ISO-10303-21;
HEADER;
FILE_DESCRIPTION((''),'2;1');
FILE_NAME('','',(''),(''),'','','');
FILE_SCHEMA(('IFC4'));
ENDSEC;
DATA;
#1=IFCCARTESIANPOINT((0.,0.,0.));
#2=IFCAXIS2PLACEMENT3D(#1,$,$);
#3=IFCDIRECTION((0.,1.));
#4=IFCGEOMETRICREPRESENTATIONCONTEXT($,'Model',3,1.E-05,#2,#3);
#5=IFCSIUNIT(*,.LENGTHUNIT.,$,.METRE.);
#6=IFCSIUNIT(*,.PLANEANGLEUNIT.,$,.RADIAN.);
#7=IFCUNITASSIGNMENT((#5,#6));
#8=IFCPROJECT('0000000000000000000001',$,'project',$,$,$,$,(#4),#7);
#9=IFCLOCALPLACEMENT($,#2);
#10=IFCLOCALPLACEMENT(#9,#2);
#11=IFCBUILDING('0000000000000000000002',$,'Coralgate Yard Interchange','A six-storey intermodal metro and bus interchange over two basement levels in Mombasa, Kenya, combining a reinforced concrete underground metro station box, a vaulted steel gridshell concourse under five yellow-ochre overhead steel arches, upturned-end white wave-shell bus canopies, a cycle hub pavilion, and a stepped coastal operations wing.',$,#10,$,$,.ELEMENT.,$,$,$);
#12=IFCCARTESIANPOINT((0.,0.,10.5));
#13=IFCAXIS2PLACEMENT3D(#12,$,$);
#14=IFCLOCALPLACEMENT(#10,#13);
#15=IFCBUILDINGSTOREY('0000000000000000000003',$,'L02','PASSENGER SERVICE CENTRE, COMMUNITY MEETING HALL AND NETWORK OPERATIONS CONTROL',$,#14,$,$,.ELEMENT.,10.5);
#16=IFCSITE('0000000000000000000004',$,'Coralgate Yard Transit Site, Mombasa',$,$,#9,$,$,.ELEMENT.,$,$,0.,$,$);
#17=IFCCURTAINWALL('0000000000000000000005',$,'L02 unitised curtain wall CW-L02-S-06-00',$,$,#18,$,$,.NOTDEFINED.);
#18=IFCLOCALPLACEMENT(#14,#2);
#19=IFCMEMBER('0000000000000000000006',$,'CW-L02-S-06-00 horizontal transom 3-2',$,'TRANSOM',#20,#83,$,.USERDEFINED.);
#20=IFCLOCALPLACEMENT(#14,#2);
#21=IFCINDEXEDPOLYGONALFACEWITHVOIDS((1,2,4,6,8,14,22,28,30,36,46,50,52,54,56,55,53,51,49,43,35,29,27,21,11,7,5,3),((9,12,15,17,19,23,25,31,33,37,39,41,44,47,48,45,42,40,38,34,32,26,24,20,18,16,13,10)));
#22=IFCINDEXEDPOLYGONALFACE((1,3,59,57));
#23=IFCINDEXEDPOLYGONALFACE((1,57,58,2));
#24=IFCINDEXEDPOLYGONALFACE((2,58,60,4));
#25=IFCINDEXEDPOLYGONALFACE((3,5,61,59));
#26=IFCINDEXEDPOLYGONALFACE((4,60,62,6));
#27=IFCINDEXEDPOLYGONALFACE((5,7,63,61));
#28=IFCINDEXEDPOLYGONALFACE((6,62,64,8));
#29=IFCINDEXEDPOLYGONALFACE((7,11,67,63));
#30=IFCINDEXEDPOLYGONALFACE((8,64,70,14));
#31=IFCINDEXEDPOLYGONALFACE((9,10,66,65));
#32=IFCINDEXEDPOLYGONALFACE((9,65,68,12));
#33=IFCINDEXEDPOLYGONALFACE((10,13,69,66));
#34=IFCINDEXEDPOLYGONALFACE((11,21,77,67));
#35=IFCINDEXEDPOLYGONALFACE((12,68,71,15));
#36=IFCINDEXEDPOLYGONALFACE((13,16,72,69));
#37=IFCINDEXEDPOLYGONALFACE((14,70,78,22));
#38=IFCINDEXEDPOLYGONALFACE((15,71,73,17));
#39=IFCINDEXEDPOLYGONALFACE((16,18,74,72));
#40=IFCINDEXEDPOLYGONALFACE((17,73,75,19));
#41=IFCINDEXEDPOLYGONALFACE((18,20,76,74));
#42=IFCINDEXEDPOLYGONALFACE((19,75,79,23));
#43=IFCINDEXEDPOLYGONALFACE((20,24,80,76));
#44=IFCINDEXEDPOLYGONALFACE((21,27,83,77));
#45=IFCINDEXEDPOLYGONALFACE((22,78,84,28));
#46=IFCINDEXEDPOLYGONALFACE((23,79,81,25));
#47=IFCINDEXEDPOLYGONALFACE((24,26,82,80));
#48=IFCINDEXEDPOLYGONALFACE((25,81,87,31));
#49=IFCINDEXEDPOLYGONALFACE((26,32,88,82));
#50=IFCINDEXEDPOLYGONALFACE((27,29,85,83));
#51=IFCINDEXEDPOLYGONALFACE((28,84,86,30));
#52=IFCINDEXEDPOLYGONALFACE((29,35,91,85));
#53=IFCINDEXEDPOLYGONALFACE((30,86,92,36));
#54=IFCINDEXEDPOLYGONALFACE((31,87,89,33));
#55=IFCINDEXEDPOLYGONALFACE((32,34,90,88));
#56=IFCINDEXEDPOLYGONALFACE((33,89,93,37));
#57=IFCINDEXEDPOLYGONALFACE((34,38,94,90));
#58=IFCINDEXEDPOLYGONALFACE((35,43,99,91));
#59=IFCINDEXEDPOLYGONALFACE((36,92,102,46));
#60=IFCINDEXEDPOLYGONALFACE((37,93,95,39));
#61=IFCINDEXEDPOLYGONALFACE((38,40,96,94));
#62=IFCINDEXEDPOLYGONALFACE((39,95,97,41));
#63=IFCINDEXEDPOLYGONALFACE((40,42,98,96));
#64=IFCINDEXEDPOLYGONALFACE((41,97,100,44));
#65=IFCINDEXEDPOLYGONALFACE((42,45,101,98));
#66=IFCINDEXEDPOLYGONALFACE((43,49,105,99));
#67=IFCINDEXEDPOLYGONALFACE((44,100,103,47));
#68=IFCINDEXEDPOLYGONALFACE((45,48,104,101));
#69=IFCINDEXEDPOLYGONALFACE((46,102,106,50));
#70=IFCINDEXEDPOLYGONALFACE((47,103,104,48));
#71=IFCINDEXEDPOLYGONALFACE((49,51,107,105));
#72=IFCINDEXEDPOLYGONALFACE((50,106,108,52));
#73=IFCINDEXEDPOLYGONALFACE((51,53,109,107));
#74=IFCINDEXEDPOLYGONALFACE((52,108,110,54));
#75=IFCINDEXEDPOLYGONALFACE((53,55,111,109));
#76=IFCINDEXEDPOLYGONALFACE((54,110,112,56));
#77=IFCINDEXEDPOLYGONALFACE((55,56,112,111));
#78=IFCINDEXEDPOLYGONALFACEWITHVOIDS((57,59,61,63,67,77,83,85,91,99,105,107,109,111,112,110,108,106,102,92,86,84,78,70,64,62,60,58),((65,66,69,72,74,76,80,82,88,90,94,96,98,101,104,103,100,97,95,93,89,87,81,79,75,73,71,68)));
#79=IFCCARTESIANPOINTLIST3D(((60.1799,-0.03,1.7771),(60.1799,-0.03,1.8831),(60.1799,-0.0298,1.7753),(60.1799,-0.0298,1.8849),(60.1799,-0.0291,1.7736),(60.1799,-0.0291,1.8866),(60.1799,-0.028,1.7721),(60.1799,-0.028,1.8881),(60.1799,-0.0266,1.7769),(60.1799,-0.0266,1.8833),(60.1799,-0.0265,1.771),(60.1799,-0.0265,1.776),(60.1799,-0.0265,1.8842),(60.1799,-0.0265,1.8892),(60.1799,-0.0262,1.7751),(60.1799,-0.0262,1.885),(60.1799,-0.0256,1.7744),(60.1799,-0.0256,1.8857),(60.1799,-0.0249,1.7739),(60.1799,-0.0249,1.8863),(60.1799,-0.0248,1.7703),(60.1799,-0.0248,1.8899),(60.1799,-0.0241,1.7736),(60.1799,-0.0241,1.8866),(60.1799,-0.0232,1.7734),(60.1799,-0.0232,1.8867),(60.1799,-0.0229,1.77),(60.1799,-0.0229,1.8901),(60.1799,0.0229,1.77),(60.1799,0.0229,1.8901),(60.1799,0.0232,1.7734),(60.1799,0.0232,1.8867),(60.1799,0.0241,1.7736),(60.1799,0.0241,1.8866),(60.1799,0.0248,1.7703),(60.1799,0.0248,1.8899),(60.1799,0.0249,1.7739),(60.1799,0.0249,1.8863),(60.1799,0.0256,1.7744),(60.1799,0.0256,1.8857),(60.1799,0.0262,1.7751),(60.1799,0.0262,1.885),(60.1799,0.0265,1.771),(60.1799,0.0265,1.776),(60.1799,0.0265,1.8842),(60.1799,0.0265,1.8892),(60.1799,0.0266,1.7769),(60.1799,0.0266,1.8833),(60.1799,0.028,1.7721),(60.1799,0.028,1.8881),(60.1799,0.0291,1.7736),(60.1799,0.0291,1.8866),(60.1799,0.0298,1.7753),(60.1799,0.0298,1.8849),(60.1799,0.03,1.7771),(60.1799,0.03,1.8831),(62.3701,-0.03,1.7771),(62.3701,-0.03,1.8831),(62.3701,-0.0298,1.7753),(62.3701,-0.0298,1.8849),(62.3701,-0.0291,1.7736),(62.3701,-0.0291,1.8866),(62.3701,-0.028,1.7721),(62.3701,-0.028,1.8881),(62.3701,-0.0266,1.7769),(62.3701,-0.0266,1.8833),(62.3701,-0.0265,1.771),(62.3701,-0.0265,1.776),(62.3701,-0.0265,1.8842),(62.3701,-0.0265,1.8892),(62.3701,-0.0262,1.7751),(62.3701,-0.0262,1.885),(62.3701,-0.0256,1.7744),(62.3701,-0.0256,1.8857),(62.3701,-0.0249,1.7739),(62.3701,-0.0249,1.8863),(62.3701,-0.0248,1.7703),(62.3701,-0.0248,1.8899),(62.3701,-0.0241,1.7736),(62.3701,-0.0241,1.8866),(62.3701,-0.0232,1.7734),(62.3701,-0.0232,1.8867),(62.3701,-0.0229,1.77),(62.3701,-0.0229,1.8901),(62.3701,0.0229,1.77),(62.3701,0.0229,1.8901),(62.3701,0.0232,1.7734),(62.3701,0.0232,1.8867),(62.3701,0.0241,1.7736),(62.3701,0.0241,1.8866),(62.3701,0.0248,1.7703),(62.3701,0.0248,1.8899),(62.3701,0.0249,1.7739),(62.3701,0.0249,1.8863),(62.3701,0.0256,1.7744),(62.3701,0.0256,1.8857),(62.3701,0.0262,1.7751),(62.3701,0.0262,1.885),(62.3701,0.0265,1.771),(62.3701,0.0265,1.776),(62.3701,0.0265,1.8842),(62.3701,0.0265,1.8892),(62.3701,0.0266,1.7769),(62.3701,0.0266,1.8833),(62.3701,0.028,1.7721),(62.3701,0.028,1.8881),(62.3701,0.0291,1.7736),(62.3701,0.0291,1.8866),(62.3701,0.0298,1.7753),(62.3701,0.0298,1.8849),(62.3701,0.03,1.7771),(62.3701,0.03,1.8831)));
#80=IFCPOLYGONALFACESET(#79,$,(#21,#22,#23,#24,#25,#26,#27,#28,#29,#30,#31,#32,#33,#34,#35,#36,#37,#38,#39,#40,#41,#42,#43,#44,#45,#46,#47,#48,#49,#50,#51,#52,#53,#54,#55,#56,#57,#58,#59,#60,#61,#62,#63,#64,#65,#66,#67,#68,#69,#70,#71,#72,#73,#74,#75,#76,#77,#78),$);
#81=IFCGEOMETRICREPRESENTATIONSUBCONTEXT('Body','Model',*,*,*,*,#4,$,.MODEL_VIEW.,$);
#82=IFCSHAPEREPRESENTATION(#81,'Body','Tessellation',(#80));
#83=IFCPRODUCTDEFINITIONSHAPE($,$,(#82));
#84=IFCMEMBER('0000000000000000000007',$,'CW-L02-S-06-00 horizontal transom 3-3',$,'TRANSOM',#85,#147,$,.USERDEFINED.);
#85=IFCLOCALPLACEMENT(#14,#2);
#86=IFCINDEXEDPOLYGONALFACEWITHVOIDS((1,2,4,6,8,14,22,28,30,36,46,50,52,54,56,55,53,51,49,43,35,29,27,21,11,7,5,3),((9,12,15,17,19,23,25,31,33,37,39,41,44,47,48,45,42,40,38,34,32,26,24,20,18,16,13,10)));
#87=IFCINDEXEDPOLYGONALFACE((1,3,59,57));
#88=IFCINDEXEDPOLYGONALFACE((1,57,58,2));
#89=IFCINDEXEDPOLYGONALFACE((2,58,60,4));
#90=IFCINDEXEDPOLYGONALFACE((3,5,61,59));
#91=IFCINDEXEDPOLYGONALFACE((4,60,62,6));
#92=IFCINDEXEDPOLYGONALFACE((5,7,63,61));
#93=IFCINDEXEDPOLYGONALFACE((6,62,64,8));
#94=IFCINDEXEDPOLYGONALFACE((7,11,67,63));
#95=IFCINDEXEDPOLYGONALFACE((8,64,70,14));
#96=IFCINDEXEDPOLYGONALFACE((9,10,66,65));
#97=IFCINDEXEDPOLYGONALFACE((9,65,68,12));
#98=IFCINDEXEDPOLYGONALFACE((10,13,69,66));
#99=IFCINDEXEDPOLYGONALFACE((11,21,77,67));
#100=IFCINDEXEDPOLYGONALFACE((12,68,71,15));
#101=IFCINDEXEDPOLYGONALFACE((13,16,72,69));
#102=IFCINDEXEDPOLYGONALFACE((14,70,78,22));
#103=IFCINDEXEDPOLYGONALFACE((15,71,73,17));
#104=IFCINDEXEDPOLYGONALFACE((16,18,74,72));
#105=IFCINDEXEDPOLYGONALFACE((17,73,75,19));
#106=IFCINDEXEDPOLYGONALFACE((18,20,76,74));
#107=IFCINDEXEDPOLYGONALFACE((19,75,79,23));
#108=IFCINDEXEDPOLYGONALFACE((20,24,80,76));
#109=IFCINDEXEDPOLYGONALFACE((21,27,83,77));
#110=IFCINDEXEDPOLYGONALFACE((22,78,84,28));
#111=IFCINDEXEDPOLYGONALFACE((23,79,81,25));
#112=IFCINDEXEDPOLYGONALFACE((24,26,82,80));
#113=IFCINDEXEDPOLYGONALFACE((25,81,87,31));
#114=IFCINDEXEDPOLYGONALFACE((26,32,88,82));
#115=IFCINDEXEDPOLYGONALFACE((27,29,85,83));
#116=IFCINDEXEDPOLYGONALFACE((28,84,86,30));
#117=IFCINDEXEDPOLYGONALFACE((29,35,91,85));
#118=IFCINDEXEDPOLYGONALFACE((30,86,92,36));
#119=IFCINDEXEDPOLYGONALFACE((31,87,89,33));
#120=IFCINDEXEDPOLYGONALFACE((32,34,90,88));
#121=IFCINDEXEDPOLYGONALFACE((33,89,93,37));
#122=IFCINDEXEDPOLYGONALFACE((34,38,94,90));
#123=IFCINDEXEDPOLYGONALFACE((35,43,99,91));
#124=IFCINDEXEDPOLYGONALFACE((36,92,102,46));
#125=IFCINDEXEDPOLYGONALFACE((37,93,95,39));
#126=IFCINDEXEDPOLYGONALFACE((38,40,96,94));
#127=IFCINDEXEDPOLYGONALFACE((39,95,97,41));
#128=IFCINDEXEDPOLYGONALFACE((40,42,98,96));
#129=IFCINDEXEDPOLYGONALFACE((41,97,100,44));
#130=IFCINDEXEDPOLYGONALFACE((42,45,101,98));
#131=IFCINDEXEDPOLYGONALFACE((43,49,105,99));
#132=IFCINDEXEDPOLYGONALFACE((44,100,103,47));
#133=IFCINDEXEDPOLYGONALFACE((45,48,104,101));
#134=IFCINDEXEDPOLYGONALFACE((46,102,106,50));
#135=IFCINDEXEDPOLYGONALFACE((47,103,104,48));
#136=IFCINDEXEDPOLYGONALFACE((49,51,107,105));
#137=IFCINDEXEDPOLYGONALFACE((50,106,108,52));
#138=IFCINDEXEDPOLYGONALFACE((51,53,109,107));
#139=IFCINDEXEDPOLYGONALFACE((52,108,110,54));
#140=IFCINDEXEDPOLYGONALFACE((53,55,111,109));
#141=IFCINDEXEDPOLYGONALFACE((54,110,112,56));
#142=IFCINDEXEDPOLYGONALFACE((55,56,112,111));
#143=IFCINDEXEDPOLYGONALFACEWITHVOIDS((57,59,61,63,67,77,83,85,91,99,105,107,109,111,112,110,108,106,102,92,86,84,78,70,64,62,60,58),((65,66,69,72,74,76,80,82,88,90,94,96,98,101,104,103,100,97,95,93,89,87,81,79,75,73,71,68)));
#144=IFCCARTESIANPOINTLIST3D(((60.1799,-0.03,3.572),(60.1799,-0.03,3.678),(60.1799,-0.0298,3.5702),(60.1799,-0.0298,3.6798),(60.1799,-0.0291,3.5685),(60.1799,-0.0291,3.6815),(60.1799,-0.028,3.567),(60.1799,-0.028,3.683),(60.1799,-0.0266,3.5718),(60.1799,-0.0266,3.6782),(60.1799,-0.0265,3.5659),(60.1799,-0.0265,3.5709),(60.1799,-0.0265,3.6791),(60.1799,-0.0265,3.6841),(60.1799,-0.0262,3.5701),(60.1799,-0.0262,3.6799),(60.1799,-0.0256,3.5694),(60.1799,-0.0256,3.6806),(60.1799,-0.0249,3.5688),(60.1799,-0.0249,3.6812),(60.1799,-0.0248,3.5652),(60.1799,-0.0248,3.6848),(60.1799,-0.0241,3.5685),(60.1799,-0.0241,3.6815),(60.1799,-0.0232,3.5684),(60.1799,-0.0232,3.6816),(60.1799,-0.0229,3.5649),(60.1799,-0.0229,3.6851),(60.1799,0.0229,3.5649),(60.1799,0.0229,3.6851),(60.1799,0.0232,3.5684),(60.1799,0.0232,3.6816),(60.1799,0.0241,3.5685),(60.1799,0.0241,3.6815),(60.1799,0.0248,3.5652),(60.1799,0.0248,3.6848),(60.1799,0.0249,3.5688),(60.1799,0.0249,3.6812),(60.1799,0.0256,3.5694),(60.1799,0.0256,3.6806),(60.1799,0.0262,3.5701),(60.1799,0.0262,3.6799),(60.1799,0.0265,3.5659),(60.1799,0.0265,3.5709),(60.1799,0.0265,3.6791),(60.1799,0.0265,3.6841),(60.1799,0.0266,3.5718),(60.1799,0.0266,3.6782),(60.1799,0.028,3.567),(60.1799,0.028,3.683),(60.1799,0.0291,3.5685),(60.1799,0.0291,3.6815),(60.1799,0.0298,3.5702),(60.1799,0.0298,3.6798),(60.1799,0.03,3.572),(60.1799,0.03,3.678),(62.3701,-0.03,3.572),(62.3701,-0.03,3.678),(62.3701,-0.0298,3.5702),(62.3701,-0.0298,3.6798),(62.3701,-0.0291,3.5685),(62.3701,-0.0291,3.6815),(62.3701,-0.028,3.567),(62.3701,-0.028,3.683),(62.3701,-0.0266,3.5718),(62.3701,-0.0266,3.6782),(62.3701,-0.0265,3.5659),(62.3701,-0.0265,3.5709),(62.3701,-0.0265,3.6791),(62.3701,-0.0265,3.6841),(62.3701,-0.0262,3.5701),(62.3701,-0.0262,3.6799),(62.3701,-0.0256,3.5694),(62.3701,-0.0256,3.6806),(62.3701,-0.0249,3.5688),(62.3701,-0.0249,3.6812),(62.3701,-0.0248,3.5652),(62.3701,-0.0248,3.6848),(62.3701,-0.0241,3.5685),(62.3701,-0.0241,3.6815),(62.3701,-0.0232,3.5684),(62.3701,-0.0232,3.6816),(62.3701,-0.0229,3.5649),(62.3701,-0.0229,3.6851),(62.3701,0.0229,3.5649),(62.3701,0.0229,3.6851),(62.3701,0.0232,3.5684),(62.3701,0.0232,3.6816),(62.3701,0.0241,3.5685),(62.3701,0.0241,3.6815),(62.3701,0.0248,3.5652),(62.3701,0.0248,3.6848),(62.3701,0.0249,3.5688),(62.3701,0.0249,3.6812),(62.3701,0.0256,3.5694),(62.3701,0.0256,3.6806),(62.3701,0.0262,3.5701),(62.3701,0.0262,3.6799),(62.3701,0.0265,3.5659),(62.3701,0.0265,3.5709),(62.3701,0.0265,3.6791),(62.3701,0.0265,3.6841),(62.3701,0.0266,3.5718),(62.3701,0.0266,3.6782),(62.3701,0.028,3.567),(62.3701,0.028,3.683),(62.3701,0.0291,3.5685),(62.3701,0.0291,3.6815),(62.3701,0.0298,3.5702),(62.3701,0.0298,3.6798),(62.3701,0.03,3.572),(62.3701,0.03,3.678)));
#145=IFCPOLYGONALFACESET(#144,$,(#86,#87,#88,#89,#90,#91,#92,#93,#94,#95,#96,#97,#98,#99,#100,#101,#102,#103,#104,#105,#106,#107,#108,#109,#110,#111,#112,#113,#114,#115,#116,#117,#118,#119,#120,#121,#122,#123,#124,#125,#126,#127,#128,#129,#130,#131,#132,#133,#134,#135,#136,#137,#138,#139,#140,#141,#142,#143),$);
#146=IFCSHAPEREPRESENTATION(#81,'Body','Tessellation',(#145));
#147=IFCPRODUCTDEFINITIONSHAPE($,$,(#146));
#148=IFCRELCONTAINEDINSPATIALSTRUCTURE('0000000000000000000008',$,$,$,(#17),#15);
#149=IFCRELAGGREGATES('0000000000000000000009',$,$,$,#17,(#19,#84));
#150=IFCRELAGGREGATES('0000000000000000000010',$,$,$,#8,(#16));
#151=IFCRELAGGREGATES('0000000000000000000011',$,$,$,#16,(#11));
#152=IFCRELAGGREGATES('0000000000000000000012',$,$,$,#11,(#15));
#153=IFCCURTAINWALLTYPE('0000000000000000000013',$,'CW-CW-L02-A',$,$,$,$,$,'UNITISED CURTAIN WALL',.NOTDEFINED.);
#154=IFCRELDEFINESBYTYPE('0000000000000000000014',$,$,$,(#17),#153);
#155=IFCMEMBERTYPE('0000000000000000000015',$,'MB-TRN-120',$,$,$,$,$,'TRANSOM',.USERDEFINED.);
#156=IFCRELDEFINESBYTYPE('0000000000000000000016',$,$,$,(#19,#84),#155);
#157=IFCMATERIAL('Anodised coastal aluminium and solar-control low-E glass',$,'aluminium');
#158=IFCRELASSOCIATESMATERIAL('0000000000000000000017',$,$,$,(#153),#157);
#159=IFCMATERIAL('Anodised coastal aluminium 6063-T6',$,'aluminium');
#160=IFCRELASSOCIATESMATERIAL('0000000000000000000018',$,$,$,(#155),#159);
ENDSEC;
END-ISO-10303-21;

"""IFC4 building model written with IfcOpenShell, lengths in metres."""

from ifc_helpers import new_model, si_unit, direction, frame, origin, origin_2d, place, context, subcontext, project, spatial, hollow_rectangle, extrude, material, material_profile, profile_set, type_object, element, aggregate, save


model = new_model("IFC4")

# Units and contexts
model_context = context("Model", 3, precision=1e-05, world=origin(), true_north=direction((0.0, 1.0)))
body_context = subcontext(model_context, "Body", "Model", "MODEL_VIEW")
ifc_project = project(units=[si_unit("LENGTHUNIT", "METRE"), si_unit("PLANEANGLEUNIT", "RADIAN")], contexts=[model_context])

# Site, building, storey
site_placement = place(None, origin())
site = spatial("IfcSite", under=ifc_project, at=site_placement, Name="Coralgate Yard Transit Site, Mombasa", CompositionType="ELEMENT", RefElevation=0.0)
building_placement = place(site_placement, origin())
building = spatial("IfcBuilding", under=site, at=building_placement, Name="Coralgate Yard Interchange", Description="A six-storey intermodal metro and bus interchange over two basement levels in Mombasa, Kenya, combining a reinforced concrete underground metro station box, a vaulted steel gridshell concourse under five yellow-ochre overhead steel arches, upturned-end white wave-shell bus canopies, a cycle hub pavilion, and a stepped coastal operations wing.", CompositionType="ELEMENT")
storey_placement = place(building_placement, frame((0.0, 0.0, 10.5)))
storey = spatial("IfcBuildingStorey", under=building, at=storey_placement, Name="L02", Description="PASSENGER SERVICE CENTRE, COMMUNITY MEETING HALL AND NETWORK OPERATIONS CONTROL", CompositionType="ELEMENT", Elevation=10.5)

# Shared definitions
ifc_material_1 = material(Name="Anodised coastal aluminium and solar-control low-E glass", Category="aluminium")
curtain_wall_type = type_object("IfcCurtainWallType", Name="CW-CW-L02-A", ElementType="UNITISED CURTAIN WALL", PredefinedType="NOTDEFINED", material=ifc_material_1)
ifc_material_2 = material(Name="Anodised coastal aluminium 6063-T6", Category="aluminium")

# Curtain wall
curtain_wall_1_placement = place(storey_placement, origin())
curtain_wall_1 = element("IfcCurtainWall", 1, at=curtain_wall_1_placement, inside=storey, type_object=curtain_wall_type, Name="L02 unitised curtain wall CW-L02-S-06-00", PredefinedType="NOTDEFINED")

# Members
ifc_material_profile_1 = material_profile(ifc_material_2, hollow_rectangle(XDim=0.0601, YDim=0.1201, WallThickness=0.0034, InnerFilletRadius=0.0034, OuterFilletRadius=0.0071, at=origin_2d()), Name="ALU 60x120x3.5")
ifc_profile_set_1 = profile_set([ifc_material_profile_1], Name="Anodised coastal aluminium 6063-T6")
member_type_1 = type_object("IfcMemberType", Name="MB-TRN-120", ElementType="TRANSOM", PredefinedType="USERDEFINED", material=ifc_profile_set_1)
member_1_placement = place(storey_placement, frame((62.3701, 0.0, 1.8301), z_axis=(-1.0, 0.0, 0.0), x_axis=(0.0, -1.0, 0.0)))
member_1 = element("IfcMember", 2, at=member_1_placement, type_object=member_type_1, Name="CW-L02-S-06-00 horizontal transom 3-2", ObjectType="TRANSOM", PredefinedType="USERDEFINED", context=body_context, shape_type="SweptSolid", body=[
    extrude(hollow_rectangle(XDim=0.0601, YDim=0.1201, WallThickness=0.0034, InnerFilletRadius=0.0034, OuterFilletRadius=0.0071, at=origin_2d()), origin(), (0.0, 0.0, 1.0), 2.1902),
])
member_2_placement = place(storey_placement, frame((62.3701, 0.0, 3.625), z_axis=(-1.0, 0.0, 0.0), x_axis=(0.0, -1.0, 0.0)))
member_2 = element("IfcMember", 3, at=member_2_placement, type_object=member_type_1, Name="CW-L02-S-06-00 horizontal transom 3-3", ObjectType="TRANSOM", PredefinedType="USERDEFINED", context=body_context, shape_type="SweptSolid", body=[
    extrude(hollow_rectangle(XDim=0.0601, YDim=0.1201, WallThickness=0.0034, InnerFilletRadius=0.0034, OuterFilletRadius=0.0071, at=origin_2d()), origin(), (0.0, 0.0, 1.0), 2.1902),
])

aggregate(curtain_wall_1, [member_1, member_2])

save(model, "model.ifc")
